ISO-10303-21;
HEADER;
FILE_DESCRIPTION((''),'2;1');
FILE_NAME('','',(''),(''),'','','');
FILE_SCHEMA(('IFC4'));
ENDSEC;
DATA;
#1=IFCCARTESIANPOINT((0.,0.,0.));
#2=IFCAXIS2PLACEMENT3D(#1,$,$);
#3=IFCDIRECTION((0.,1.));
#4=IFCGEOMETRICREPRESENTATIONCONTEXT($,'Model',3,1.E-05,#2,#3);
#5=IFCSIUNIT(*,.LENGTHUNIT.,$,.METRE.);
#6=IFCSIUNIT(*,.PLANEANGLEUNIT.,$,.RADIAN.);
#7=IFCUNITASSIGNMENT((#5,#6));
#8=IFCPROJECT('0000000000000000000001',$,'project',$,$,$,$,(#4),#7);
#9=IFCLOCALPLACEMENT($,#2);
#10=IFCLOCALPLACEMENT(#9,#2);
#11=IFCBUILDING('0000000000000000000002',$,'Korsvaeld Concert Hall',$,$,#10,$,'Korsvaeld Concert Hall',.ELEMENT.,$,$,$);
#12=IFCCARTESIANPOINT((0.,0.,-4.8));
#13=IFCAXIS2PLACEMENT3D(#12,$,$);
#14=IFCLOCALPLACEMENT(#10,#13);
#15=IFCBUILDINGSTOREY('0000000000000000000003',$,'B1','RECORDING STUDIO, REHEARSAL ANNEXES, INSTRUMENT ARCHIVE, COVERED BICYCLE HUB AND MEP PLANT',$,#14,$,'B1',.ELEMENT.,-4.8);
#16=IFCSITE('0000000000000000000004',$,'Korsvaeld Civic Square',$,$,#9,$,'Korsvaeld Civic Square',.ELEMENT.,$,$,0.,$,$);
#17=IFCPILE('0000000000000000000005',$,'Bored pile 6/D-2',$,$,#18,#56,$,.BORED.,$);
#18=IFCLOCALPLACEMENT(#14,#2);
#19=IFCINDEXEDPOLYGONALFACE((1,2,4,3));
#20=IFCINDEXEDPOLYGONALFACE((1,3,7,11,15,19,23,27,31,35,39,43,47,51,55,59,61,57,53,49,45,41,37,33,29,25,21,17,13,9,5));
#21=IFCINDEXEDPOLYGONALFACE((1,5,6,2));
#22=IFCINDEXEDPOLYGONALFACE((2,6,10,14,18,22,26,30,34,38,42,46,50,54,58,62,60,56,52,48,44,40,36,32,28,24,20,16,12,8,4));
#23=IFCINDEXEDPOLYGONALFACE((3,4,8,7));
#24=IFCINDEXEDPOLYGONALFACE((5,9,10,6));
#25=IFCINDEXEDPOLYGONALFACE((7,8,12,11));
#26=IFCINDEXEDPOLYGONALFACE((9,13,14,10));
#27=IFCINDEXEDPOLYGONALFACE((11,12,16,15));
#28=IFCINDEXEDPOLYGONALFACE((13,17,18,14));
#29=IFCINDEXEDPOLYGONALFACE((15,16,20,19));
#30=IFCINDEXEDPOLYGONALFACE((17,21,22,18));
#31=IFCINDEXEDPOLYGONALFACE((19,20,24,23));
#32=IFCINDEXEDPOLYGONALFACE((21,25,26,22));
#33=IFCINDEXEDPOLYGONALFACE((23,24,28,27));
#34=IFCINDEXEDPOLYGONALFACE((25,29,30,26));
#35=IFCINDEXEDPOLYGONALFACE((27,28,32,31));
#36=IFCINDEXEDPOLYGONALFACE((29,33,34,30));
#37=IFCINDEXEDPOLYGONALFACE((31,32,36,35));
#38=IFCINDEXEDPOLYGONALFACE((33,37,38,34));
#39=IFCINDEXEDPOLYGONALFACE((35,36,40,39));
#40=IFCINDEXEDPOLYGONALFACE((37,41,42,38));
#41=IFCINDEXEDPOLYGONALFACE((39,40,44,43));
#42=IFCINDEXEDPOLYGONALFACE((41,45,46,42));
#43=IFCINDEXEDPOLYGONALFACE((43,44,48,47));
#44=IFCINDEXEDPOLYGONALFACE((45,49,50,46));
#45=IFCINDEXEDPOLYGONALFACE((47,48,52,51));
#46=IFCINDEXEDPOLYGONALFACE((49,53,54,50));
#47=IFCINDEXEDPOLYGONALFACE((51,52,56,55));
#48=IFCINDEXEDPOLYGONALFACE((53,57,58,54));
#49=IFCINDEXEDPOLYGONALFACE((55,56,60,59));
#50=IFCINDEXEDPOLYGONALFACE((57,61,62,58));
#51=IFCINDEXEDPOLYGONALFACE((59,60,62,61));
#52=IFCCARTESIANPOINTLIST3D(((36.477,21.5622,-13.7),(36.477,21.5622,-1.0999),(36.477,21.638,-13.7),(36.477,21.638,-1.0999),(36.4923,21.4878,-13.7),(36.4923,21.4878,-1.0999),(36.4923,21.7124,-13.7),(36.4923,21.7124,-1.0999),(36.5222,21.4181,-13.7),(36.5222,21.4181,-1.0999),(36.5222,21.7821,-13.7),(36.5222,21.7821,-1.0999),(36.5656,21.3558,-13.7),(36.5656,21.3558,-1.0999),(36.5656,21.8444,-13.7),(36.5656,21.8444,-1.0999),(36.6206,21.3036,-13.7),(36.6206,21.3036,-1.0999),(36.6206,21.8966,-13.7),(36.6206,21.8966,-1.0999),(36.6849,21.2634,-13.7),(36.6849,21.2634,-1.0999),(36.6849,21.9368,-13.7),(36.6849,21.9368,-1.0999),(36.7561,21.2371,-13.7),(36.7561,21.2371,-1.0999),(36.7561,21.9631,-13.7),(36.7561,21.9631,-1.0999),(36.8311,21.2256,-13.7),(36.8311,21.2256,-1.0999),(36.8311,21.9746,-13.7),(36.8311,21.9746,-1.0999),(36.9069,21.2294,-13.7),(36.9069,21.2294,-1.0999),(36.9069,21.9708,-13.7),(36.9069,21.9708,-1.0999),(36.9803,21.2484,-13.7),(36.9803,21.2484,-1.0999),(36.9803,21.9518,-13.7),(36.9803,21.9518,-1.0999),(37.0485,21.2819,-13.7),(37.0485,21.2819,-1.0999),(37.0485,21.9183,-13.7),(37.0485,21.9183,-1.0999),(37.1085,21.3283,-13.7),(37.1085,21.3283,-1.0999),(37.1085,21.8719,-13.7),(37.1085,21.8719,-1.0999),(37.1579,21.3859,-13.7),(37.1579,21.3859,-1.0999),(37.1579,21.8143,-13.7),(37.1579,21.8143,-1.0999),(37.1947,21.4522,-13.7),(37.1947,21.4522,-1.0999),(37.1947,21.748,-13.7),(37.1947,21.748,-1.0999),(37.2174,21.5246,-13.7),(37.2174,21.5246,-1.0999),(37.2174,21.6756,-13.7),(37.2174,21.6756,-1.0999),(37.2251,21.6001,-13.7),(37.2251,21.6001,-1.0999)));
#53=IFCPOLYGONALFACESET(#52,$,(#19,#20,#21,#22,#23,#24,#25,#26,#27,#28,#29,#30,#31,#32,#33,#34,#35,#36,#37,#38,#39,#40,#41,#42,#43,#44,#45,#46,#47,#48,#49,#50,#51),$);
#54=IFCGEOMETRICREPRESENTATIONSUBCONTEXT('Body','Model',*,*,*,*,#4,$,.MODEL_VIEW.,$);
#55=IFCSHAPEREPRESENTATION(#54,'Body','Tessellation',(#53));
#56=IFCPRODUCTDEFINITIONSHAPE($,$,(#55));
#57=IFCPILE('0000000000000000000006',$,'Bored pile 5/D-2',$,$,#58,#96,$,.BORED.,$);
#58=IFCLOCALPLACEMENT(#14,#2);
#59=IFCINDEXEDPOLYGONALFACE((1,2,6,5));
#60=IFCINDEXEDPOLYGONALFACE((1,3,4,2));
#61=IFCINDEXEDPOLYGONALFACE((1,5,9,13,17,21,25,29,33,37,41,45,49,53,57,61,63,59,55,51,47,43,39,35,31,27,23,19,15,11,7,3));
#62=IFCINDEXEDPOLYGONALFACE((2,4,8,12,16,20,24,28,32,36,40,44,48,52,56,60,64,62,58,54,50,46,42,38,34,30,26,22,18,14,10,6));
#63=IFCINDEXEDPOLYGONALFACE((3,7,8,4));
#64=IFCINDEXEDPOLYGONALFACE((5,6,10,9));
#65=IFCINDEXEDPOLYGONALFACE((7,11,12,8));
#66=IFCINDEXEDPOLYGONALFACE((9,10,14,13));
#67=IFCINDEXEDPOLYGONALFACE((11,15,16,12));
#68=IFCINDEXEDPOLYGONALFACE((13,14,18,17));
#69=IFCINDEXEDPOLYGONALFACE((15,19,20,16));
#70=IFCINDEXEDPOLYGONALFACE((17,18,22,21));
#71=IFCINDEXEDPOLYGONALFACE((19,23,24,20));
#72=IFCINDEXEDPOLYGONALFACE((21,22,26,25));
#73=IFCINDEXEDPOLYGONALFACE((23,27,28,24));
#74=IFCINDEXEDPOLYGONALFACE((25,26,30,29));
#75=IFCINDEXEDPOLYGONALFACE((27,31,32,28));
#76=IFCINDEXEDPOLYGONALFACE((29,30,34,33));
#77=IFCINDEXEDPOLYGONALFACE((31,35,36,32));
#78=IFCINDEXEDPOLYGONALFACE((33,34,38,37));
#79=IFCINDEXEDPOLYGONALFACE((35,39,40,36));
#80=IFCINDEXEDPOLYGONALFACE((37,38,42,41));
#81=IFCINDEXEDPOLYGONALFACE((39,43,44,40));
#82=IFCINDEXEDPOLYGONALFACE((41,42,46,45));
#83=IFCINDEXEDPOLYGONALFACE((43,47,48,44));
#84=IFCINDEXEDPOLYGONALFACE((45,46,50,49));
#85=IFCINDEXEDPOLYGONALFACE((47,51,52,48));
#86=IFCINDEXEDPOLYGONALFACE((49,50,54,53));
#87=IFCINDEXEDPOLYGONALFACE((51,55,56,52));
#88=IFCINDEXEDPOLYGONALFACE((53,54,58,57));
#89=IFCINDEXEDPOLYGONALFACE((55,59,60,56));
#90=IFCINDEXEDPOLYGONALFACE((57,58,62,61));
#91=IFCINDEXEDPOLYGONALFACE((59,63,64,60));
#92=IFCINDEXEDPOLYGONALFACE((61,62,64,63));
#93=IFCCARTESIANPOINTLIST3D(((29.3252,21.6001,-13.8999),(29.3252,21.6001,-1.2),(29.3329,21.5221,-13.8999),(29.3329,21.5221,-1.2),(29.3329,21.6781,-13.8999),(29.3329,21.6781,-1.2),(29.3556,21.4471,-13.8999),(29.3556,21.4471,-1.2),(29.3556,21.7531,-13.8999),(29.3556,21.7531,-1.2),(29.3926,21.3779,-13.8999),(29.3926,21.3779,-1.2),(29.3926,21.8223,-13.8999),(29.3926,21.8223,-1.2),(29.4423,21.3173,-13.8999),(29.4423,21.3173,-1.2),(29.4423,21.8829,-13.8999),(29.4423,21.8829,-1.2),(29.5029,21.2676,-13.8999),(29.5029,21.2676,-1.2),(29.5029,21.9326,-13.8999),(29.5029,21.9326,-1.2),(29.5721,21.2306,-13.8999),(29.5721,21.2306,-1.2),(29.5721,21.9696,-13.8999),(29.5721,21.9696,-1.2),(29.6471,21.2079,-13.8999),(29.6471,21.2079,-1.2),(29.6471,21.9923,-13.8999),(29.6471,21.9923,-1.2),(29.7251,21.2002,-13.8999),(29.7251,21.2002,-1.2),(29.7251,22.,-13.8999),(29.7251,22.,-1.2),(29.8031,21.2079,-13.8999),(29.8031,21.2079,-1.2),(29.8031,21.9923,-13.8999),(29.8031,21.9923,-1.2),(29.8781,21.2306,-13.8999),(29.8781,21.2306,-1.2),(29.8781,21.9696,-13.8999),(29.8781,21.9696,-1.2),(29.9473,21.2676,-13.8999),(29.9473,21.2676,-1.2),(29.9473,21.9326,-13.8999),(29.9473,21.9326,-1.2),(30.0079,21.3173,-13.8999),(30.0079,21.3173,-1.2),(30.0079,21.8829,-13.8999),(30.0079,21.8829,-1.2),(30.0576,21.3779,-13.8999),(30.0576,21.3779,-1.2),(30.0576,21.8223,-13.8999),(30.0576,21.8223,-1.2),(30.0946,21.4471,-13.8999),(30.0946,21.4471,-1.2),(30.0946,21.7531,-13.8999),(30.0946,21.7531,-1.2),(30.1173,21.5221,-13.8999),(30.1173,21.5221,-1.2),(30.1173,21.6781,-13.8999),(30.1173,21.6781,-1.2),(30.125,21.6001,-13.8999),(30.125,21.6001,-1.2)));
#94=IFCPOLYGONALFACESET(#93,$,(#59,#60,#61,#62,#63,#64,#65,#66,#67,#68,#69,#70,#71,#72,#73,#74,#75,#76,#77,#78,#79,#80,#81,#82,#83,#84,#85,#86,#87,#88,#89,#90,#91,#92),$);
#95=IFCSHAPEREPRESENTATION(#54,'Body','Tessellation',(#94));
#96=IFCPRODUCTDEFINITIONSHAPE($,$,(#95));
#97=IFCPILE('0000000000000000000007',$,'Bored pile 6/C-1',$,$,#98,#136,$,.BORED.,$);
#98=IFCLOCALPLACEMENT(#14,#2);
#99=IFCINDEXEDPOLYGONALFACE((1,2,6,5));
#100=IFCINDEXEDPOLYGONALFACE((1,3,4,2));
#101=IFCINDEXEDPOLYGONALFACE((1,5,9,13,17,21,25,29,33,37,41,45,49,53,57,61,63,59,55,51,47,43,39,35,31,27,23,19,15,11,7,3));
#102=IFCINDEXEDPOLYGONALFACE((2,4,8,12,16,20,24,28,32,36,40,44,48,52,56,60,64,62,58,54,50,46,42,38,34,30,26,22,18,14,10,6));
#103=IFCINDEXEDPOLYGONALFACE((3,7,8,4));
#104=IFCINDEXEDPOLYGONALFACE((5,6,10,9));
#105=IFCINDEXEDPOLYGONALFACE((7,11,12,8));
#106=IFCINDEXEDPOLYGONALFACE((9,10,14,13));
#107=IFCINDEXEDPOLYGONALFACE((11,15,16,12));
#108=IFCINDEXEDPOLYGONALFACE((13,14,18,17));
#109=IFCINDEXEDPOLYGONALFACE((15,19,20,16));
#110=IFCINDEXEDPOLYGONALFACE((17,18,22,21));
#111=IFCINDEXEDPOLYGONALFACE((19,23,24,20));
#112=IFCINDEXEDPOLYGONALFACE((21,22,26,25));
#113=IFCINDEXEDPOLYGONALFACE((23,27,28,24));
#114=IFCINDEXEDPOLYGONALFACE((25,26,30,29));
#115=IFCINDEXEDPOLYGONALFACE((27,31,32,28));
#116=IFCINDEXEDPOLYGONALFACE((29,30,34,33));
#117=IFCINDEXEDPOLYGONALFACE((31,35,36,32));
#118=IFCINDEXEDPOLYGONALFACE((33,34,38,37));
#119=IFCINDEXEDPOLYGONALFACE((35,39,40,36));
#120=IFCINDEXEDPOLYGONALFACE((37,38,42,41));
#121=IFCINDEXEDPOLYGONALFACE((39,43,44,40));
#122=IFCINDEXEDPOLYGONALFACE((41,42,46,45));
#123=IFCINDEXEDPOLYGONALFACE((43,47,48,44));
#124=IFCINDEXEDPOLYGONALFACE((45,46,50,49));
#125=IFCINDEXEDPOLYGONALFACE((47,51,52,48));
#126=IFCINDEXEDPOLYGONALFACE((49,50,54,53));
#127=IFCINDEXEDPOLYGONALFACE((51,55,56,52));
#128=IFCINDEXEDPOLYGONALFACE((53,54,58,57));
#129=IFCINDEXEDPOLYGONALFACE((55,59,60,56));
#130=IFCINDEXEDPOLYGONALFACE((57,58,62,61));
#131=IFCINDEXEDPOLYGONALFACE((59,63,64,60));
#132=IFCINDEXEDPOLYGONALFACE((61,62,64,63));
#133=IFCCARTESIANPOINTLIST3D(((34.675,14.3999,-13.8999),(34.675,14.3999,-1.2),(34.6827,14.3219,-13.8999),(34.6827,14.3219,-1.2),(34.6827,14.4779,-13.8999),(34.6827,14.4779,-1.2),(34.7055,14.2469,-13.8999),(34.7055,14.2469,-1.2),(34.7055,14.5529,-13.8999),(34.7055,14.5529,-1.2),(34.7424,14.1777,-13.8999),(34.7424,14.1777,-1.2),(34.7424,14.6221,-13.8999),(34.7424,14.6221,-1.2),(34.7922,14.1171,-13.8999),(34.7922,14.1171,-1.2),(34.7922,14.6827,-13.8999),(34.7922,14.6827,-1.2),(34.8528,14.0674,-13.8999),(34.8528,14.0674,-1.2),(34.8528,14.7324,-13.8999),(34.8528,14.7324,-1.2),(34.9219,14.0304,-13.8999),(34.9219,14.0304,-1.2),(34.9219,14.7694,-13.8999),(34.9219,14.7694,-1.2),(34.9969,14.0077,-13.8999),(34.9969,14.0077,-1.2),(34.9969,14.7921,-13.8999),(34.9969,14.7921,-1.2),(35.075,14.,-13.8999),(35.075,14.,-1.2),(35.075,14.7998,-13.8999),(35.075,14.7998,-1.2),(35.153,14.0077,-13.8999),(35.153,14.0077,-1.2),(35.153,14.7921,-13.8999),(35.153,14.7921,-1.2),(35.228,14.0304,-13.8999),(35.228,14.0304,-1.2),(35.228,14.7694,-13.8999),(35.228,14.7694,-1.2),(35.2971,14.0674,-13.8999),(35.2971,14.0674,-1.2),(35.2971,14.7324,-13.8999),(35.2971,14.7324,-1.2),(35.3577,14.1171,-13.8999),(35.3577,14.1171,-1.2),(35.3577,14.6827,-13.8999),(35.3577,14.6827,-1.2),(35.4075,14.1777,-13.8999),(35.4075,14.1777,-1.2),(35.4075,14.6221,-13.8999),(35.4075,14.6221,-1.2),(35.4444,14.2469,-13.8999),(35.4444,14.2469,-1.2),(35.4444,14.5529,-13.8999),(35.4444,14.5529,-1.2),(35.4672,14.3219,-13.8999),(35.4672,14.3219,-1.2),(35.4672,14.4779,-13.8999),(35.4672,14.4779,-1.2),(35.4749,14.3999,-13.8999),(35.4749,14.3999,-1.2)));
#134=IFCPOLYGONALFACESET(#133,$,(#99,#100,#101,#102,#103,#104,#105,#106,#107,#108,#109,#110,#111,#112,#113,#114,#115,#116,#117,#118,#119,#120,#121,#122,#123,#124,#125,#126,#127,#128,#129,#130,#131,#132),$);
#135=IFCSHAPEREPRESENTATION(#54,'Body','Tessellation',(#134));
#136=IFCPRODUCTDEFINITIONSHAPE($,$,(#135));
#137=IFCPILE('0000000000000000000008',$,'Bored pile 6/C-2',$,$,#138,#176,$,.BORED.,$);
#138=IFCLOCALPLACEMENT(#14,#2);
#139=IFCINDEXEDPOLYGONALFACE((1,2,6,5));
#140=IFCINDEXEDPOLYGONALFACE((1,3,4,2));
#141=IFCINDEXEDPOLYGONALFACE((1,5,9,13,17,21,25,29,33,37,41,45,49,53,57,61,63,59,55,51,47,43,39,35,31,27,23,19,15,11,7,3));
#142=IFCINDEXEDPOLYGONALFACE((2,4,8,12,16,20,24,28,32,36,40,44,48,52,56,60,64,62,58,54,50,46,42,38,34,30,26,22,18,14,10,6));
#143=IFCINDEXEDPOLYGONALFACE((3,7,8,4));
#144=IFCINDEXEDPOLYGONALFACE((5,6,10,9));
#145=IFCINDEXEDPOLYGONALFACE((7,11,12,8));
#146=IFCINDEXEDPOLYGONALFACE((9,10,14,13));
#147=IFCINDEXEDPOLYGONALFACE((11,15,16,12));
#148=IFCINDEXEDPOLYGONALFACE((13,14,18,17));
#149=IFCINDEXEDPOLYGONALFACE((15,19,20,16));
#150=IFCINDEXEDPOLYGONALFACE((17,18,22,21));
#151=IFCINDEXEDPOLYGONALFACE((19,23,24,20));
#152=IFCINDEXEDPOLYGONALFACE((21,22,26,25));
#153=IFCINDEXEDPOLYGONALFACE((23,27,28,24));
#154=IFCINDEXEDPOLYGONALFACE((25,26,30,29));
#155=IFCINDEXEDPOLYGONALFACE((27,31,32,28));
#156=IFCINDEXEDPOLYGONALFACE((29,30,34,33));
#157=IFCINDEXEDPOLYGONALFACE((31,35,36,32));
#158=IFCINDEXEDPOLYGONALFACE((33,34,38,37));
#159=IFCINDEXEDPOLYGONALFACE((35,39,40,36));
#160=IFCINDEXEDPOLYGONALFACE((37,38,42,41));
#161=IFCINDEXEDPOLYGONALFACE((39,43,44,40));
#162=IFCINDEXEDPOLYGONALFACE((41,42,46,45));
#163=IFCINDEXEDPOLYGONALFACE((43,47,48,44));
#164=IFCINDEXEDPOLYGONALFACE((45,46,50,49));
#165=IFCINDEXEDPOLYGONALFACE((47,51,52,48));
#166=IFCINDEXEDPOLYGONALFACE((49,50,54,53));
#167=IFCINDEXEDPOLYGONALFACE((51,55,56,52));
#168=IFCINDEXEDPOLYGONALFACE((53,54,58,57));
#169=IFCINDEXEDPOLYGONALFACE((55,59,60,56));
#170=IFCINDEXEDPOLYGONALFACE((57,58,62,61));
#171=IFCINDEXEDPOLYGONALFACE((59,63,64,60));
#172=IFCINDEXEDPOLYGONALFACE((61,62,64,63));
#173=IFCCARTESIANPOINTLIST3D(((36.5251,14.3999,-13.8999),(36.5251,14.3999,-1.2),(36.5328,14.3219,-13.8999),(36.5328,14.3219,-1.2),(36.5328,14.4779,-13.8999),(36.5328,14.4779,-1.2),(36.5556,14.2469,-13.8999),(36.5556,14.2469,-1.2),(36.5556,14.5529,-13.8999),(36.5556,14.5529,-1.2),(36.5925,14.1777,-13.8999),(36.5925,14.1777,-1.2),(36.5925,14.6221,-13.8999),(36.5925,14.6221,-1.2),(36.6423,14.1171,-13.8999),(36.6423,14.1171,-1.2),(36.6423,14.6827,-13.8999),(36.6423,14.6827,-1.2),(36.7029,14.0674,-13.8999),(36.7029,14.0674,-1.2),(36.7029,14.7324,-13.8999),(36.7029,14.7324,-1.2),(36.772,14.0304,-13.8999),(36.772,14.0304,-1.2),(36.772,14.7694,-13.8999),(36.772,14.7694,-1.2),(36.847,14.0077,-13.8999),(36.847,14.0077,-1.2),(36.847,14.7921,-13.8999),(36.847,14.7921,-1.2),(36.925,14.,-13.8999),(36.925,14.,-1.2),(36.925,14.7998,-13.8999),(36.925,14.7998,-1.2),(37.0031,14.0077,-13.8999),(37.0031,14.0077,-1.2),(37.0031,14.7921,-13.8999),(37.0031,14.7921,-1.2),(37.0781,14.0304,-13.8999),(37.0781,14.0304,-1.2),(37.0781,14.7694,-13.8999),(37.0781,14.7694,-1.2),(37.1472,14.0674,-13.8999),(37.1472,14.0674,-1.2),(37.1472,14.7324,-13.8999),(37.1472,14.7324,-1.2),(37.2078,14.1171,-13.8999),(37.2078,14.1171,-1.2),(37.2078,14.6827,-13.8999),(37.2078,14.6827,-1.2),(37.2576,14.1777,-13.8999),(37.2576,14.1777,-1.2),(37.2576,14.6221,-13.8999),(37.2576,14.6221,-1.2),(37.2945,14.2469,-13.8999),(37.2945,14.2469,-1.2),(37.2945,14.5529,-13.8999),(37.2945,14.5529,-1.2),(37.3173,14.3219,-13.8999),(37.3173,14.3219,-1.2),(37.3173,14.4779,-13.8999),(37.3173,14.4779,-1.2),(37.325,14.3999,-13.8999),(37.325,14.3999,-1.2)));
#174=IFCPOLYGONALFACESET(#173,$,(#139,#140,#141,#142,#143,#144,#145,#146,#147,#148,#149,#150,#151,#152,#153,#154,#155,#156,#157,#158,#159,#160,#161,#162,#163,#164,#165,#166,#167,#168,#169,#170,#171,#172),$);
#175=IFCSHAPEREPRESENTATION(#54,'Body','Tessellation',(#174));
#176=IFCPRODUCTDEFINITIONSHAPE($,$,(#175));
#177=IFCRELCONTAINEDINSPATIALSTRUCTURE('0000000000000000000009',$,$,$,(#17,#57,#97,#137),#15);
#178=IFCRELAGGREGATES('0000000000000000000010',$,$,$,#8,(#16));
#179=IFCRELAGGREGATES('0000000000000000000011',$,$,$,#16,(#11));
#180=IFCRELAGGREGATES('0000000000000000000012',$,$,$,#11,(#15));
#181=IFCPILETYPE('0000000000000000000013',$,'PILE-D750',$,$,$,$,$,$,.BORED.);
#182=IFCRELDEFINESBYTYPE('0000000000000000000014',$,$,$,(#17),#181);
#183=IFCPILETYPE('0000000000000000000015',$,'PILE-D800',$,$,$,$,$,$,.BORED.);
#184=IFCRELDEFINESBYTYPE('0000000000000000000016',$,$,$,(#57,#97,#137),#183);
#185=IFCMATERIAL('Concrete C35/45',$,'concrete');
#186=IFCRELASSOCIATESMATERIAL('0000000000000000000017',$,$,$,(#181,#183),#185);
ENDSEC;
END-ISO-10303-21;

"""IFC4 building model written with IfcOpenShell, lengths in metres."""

from ifc_helpers import new_model, si_unit, direction, frame, origin, origin_2d, place, context, subcontext, project, spatial, circle, extrude, material, material_profile, profile_set, type_object, element, save


model = new_model("IFC4")

# Units and contexts
model_context = context("Model", 3, precision=1e-05, world=origin(), true_north=direction((0.0, 1.0)))
body_context = subcontext(model_context, "Body", "Model", "MODEL_VIEW")
ifc_project = project(units=[si_unit("LENGTHUNIT", "METRE"), si_unit("PLANEANGLEUNIT", "RADIAN")], contexts=[model_context])

# Site, building, storey
site_placement = place(None, origin())
site = spatial("IfcSite", under=ifc_project, at=site_placement, Name="Korsvaeld Civic Square", LongName="Korsvaeld Civic Square", CompositionType="ELEMENT", RefElevation=0.0)
building_placement = place(site_placement, origin())
building = spatial("IfcBuilding", under=site, at=building_placement, Name="Korsvaeld Concert Hall", LongName="Korsvaeld Concert Hall", CompositionType="ELEMENT")
storey_placement = place(building_placement, frame((0.0, 0.0, -4.8)))
storey = spatial("IfcBuildingStorey", under=building, at=storey_placement, Name="B1", Description="RECORDING STUDIO, REHEARSAL ANNEXES, INSTRUMENT ARCHIVE, COVERED BICYCLE HUB AND MEP PLANT", LongName="B1", CompositionType="ELEMENT", Elevation=-4.8)

# Shared definitions
ifc_material_1 = material(Name="Concrete C35/45", Category="concrete")

# Piles
ifc_material_profile_1 = material_profile(ifc_material_1, circle(Radius=0.375, at=origin_2d()), Name="BORED PILE D750")
ifc_profile_set_1 = profile_set([ifc_material_profile_1], Name="Concrete C35/45")
pile_type_1 = type_object("IfcPileType", Name="PILE-D750", PredefinedType="BORED", material=ifc_profile_set_1)
for number, where, z_axis, x_axis, name in (
    (1, (36.8501, 21.6001, -1.0999), (0.0, 0.0, -1.0), (1.0, 0.0, 0.0), "Bored pile 6/D-2"),
):
    element("IfcPile", number, at=place(storey_placement, frame(where, z_axis=z_axis, x_axis=x_axis)), inside=storey, type_object=pile_type_1, Name=name, PredefinedType="BORED", context=body_context, shape_type="SweptSolid", body=[
        extrude(circle(Radius=0.375, at=origin_2d()), origin(), (0.0, 0.0, 1.0), 12.6001),
    ])
ifc_material_profile_2 = material_profile(ifc_material_1, circle(Radius=0.3999, at=origin_2d()), Name="BORED PILE D800")
ifc_profile_set_2 = profile_set([ifc_material_profile_2], Name="Concrete C35/45")
pile_type_2 = type_object("IfcPileType", Name="PILE-D800", PredefinedType="BORED", material=ifc_profile_set_2)
for number, where, z_axis, x_axis, name in (
    (2, (29.7251, 21.6001, -1.2), (0.0, 0.0, -1.0), (1.0, 0.0, 0.0), "Bored pile 5/D-2"),
    (3, (35.075, 14.3999, -1.2), (0.0, 0.0, -1.0), (1.0, 0.0, 0.0), "Bored pile 6/C-1"),
    (4, (36.925, 14.3999, -1.2), (0.0, 0.0, -1.0), (1.0, 0.0, 0.0), "Bored pile 6/C-2"),
):
    element("IfcPile", number, at=place(storey_placement, frame(where, z_axis=z_axis, x_axis=x_axis)), inside=storey, type_object=pile_type_2, Name=name, PredefinedType="BORED", context=body_context, shape_type="SweptSolid", body=[
        extrude(circle(Radius=0.3999, at=origin_2d()), origin(), (0.0, 0.0, 1.0), 12.7),
    ])

save(model, "model.ifc")
